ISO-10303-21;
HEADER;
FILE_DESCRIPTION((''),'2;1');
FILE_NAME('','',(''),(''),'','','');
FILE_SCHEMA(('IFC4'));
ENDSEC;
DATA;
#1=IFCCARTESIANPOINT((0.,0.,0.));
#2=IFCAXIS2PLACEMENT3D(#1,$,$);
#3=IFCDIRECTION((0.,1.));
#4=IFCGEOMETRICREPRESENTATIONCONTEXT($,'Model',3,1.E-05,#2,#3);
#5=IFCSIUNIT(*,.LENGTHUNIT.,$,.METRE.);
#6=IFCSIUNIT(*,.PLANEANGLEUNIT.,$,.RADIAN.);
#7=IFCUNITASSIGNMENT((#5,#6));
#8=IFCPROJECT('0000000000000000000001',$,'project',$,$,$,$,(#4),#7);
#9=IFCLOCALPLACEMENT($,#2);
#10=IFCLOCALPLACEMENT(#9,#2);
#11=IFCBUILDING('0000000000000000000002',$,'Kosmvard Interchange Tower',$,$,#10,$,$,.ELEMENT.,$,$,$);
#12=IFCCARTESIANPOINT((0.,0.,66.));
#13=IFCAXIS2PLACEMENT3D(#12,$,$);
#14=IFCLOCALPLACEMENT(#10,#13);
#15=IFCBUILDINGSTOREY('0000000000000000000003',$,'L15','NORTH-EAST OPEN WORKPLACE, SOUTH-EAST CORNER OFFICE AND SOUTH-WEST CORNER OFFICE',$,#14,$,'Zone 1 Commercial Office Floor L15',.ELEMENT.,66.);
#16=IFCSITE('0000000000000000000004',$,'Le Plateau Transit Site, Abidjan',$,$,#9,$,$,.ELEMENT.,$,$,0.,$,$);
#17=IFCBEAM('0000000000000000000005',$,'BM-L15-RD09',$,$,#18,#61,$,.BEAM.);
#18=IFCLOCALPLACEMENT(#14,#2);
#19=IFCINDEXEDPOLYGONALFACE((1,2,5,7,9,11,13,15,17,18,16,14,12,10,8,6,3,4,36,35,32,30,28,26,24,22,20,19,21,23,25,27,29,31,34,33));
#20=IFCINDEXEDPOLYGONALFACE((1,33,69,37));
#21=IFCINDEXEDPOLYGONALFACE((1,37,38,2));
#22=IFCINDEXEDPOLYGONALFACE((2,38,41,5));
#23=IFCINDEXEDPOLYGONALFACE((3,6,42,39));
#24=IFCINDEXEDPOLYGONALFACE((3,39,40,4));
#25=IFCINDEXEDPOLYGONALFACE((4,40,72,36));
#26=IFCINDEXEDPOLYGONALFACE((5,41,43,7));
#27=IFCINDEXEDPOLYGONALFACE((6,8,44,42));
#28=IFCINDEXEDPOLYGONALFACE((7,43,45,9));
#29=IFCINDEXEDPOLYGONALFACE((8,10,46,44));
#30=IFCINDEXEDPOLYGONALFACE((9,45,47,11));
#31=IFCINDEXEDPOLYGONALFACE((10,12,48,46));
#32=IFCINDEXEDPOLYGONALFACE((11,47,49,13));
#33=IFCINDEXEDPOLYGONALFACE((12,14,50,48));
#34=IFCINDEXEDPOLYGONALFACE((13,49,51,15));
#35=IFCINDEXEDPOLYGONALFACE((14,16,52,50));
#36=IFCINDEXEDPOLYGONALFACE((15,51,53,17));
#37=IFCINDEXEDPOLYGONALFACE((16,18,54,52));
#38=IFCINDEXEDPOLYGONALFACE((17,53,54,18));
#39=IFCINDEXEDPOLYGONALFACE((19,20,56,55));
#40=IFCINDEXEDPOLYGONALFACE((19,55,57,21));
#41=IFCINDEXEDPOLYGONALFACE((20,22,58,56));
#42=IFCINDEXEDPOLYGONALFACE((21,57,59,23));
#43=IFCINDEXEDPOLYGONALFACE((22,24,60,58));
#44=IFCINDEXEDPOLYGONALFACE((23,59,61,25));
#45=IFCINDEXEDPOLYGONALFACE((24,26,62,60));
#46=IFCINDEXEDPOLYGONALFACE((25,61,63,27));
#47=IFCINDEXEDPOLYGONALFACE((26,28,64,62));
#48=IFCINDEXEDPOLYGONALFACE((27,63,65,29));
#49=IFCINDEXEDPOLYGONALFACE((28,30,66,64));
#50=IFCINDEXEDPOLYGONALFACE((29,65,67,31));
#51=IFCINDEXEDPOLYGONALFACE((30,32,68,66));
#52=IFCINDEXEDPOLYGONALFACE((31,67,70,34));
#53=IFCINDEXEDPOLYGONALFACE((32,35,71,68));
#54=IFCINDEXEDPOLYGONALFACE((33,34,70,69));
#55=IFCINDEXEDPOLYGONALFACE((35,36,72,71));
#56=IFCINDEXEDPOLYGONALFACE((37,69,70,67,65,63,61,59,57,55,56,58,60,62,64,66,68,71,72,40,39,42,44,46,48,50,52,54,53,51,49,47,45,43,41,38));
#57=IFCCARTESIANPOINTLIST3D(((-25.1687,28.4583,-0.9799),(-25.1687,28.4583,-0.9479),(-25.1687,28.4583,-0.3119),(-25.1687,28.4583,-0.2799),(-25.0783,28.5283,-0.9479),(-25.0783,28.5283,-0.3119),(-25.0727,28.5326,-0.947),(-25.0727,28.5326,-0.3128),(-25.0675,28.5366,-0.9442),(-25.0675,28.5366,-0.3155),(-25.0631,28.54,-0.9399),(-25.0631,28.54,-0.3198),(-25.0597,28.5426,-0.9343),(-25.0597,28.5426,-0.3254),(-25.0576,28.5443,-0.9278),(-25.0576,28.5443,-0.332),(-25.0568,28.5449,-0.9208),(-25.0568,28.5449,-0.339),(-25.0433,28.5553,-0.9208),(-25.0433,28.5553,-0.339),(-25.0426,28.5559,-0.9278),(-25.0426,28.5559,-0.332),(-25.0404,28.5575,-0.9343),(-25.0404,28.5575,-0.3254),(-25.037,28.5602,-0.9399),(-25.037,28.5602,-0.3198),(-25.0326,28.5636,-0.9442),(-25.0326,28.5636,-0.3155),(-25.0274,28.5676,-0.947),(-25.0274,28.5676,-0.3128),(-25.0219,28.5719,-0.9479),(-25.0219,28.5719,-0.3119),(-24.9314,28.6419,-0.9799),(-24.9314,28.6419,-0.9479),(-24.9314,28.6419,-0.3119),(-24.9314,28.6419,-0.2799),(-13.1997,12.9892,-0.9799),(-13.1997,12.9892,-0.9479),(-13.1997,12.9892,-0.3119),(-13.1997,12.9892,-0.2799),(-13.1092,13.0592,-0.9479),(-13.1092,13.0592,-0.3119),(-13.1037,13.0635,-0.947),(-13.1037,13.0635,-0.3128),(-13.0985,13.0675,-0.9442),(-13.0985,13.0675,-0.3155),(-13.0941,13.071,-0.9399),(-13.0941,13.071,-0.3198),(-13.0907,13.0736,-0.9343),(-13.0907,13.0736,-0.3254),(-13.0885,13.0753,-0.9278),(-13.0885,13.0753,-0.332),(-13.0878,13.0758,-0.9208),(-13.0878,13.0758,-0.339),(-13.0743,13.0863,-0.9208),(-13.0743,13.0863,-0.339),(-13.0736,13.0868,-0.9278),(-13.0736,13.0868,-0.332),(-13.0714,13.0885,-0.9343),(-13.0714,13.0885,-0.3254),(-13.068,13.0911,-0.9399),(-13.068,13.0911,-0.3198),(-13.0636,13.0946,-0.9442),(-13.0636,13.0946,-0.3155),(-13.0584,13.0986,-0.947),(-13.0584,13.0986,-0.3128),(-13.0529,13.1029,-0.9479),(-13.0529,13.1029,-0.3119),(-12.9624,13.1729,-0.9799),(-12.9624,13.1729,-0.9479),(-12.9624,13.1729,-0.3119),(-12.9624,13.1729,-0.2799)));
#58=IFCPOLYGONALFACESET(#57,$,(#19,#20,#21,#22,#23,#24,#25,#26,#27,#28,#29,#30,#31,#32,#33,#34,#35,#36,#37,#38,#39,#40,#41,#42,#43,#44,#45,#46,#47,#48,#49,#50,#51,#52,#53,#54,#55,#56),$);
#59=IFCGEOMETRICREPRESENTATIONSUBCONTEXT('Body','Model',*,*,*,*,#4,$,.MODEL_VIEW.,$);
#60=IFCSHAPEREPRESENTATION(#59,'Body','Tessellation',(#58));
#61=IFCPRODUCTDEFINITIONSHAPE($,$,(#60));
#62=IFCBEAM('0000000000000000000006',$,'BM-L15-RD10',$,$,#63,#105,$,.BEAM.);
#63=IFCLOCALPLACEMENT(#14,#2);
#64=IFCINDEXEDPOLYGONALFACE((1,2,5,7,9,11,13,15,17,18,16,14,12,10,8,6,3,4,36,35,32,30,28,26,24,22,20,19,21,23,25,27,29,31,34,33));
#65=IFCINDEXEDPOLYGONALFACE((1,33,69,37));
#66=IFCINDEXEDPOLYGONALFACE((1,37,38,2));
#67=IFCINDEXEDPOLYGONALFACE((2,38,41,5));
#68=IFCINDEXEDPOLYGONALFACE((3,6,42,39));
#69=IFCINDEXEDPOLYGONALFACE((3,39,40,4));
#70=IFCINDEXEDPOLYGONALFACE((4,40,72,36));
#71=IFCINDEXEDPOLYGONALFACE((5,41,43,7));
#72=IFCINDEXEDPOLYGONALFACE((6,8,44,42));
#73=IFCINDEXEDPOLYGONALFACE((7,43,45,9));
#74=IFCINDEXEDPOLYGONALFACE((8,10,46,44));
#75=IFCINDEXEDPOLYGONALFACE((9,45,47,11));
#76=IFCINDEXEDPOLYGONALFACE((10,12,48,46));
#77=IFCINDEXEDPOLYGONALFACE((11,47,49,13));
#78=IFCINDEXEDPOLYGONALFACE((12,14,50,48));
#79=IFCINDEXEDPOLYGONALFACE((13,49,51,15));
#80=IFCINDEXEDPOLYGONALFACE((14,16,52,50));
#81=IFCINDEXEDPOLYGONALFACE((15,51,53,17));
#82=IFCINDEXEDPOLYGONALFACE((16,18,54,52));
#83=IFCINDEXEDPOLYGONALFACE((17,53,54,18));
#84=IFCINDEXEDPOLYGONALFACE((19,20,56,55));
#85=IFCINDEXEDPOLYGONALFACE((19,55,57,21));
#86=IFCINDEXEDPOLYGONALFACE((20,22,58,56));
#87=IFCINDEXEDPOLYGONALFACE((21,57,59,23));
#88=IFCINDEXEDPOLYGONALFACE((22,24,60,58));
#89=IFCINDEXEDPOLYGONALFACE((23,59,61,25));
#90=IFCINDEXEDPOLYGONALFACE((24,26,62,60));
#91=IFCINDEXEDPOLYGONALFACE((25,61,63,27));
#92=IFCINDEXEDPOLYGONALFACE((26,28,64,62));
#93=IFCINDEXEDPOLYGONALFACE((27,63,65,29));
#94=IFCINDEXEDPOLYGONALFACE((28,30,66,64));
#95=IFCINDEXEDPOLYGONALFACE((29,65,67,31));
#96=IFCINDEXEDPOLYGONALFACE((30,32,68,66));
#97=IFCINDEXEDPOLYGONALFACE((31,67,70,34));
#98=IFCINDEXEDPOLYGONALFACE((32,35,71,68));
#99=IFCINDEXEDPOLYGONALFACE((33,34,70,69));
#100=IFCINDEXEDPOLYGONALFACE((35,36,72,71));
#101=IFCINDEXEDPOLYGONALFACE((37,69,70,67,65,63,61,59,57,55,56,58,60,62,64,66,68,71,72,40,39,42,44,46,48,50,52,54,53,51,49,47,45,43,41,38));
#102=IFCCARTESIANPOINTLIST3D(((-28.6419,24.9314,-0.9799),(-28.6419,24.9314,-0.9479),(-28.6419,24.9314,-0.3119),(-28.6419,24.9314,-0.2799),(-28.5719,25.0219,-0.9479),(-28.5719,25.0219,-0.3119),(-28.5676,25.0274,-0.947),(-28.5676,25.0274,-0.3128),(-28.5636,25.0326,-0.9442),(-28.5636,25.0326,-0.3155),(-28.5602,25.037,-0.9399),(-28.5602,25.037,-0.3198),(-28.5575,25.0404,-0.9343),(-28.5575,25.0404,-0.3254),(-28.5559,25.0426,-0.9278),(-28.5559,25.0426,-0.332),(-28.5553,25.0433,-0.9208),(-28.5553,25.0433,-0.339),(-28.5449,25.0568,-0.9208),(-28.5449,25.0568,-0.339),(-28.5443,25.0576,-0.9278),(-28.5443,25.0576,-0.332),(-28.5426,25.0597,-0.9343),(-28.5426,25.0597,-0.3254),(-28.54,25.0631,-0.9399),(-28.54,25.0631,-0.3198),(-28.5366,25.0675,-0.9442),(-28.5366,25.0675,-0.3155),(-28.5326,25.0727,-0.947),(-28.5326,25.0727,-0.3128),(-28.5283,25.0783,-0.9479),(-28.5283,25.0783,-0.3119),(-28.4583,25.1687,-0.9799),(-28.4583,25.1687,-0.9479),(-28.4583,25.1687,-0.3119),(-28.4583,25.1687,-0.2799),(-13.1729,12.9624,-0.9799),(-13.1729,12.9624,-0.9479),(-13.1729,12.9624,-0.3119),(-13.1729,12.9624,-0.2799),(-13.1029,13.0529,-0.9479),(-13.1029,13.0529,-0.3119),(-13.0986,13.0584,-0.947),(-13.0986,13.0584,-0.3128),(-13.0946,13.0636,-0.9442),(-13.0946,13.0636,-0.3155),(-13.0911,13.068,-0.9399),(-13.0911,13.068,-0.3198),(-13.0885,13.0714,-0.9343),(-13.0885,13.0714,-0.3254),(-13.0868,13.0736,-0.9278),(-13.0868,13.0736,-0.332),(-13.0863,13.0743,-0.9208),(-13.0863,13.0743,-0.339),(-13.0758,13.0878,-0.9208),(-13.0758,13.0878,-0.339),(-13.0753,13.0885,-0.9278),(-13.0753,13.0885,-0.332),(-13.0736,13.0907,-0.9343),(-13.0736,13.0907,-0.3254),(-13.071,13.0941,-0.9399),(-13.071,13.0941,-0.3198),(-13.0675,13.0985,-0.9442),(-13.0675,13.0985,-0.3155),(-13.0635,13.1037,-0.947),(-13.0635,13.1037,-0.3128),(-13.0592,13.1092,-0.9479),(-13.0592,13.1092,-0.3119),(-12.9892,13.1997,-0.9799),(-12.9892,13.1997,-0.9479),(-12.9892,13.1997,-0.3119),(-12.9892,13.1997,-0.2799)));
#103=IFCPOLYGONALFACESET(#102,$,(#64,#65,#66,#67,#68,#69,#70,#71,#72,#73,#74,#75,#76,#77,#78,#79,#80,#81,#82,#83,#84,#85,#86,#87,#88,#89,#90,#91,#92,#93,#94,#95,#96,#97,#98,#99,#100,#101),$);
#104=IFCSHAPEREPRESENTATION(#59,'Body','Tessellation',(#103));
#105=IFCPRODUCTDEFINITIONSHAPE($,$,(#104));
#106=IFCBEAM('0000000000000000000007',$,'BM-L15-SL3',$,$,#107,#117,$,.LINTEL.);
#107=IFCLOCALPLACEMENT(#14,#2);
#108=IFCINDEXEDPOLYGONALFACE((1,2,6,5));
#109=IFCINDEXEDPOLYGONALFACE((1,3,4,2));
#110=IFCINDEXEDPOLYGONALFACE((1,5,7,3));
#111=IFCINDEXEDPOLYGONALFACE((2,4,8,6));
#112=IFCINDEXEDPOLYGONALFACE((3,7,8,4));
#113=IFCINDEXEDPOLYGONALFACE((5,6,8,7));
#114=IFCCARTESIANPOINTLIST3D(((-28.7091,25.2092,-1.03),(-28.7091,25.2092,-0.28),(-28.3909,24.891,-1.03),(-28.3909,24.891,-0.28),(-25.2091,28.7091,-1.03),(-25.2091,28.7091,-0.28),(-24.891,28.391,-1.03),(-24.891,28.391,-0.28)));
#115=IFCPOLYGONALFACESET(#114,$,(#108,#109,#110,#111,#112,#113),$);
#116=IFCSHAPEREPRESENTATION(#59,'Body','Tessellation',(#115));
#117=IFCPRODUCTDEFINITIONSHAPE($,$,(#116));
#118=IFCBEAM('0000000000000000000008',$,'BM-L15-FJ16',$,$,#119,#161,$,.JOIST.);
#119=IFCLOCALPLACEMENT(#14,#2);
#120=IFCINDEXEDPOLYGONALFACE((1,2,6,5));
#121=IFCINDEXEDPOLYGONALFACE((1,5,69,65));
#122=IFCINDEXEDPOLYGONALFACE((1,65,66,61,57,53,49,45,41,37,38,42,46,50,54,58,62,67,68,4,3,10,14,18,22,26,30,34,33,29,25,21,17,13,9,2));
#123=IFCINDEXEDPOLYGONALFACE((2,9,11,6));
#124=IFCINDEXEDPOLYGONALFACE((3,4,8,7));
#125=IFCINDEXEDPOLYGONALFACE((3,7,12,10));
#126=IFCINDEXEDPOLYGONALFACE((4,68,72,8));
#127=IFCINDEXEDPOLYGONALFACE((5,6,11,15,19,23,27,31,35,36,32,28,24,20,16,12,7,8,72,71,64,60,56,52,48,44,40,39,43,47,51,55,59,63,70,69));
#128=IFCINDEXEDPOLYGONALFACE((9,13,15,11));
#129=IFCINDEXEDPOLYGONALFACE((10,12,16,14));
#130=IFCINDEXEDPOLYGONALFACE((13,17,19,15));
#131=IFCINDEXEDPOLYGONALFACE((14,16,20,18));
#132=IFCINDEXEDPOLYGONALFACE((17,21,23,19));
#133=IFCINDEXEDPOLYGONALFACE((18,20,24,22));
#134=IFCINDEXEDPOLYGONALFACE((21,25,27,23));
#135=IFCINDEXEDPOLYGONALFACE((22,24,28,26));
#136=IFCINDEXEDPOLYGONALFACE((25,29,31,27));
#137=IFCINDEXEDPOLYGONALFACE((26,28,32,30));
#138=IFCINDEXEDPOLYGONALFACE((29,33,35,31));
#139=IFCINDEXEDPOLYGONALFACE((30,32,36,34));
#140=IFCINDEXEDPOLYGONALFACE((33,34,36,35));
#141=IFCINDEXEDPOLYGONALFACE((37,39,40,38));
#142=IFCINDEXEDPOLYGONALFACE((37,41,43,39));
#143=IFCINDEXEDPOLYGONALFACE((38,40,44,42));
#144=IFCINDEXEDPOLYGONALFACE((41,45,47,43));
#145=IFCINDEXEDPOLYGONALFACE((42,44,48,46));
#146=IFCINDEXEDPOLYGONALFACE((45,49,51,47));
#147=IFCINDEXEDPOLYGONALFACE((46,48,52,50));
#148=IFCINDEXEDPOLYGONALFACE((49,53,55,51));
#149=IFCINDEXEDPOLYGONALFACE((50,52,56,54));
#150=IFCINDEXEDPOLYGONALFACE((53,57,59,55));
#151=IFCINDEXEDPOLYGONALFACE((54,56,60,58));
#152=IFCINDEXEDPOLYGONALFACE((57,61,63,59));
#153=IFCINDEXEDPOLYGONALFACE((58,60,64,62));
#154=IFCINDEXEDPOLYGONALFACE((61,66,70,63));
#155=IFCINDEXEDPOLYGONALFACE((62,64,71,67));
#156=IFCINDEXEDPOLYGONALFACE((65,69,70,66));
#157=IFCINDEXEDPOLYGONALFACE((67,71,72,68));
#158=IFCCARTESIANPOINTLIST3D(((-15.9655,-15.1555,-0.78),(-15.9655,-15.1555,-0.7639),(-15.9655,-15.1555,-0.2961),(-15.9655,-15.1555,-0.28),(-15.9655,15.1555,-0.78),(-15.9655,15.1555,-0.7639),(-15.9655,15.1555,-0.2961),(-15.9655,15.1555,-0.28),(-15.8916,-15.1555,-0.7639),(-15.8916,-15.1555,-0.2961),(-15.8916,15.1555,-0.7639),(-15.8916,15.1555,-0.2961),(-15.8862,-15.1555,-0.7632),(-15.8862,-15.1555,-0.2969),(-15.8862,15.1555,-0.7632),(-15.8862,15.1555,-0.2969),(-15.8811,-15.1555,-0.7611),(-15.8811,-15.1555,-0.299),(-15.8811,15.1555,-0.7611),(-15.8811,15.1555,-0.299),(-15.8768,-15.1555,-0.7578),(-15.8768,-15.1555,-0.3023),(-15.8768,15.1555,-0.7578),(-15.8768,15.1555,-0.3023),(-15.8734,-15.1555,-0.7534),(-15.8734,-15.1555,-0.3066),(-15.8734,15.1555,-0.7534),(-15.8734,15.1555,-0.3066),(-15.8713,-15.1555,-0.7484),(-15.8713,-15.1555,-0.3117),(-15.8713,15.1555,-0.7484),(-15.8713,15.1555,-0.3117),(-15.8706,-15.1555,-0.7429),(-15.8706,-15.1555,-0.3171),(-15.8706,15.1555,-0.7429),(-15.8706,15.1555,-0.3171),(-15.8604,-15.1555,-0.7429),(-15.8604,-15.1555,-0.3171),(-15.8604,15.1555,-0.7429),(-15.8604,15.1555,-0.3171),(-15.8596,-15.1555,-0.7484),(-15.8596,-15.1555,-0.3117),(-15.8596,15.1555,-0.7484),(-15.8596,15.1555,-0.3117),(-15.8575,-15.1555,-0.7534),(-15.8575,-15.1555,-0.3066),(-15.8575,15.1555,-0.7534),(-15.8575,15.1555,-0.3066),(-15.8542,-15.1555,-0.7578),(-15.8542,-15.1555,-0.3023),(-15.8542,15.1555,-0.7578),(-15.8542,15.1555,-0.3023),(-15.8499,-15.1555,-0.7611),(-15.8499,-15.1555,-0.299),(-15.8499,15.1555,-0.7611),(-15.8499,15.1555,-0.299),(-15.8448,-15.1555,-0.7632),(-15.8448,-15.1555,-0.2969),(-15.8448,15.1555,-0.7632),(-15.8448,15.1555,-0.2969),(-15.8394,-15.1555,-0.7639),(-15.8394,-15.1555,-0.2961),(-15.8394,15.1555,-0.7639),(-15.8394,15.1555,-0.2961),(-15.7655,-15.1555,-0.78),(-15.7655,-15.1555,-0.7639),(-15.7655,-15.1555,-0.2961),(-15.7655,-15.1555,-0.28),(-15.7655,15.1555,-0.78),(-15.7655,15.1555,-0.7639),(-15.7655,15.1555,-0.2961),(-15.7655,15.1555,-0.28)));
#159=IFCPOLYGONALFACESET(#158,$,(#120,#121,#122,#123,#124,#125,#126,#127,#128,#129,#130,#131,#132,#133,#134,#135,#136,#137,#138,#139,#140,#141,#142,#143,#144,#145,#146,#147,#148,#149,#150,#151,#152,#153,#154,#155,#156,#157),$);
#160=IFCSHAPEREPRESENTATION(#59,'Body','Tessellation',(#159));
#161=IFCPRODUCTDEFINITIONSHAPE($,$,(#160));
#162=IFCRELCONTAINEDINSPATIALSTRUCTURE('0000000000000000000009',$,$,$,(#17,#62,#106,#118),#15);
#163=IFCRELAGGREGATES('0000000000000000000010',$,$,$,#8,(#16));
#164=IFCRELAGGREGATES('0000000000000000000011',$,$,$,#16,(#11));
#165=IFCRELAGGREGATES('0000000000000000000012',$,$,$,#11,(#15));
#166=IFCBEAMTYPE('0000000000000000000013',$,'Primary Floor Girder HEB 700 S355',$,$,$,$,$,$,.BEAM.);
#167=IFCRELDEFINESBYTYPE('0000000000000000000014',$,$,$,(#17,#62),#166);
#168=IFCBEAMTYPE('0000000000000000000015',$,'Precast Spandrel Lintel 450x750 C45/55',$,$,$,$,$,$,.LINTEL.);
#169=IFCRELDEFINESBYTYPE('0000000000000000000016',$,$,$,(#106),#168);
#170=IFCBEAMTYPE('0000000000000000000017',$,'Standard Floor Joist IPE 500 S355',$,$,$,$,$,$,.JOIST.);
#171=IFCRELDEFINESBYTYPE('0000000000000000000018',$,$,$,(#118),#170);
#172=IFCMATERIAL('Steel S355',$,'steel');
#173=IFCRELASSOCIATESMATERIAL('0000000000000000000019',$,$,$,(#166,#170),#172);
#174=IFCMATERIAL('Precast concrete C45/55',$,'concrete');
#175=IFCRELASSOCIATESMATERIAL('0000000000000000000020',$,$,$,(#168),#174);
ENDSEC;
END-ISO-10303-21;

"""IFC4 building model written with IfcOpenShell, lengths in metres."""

from ifc_helpers import new_model, si_unit, direction, frame, origin, origin_2d, place, context, subcontext, project, spatial, rectangle, i_section, extrude, source, transform, mapped, material, material_profile, profile_set, type_object, element, save


model = new_model("IFC4")

# Units and contexts
model_context = context("Model", 3, precision=1e-05, world=origin(), true_north=direction((0.0, 1.0)))
body_context = subcontext(model_context, "Body", "Model", "MODEL_VIEW")
ifc_project = project(units=[si_unit("LENGTHUNIT", "METRE"), si_unit("PLANEANGLEUNIT", "RADIAN")], contexts=[model_context])

# Site, building, storey
site_placement = place(None, origin())
site = spatial("IfcSite", under=ifc_project, at=site_placement, Name="Le Plateau Transit Site, Abidjan", CompositionType="ELEMENT", RefElevation=0.0)
building_placement = place(site_placement, origin())
building = spatial("IfcBuilding", under=site, at=building_placement, Name="Kosmvard Interchange Tower", CompositionType="ELEMENT")
storey_placement = place(building_placement, frame((0.0, 0.0, 66.0)))
storey = spatial("IfcBuildingStorey", under=building, at=storey_placement, Name="L15", Description="NORTH-EAST OPEN WORKPLACE, SOUTH-EAST CORNER OFFICE AND SOUTH-WEST CORNER OFFICE", LongName="Zone 1 Commercial Office Floor L15", CompositionType="ELEMENT", Elevation=66.0)

# Beams
ifc_material_1 = material(Name="Steel S355", Category="steel")
ifc_material_profile_1 = material_profile(ifc_material_1, i_section(OverallWidth=0.3, OverallDepth=0.7, WebThickness=0.0171, FlangeThickness=0.032, FilletRadius=0.0271, at=origin_2d()), Name="HEB 700")
ifc_profile_set_1 = profile_set([ifc_material_profile_1], Name="Steel S355")
beam_type_1 = type_object("IfcBeamType", Name="Primary Floor Girder HEB 700 S355", PredefinedType="BEAM", material=ifc_profile_set_1)
shared_shape_1 = source(origin(), body_context, "Body", "SweptSolid", [
    extrude(i_section(OverallWidth=0.3, OverallDepth=0.7, WebThickness=0.0171, FlangeThickness=0.032, FilletRadius=0.0271, at=origin_2d()), origin(), (0.0, 0.0, 1.0), 19.5588),
])
for number, where, z_axis, x_axis, name in (
    (1, (-13.0811, 13.0811, -0.6299), (-0.611949, 0.790897, 0.0), (-0.790897, -0.611949, 0.0), "BM-L15-RD09"),
    (2, (-13.0811, 13.0811, -0.6299), (-0.790897, 0.611949, 0.0), (-0.611949, -0.790897, 0.0), "BM-L15-RD10"),
):
    element("IfcBeam", number, at=place(storey_placement, frame(where, z_axis=z_axis, x_axis=x_axis)), inside=storey, type_object=beam_type_1, Name=name, PredefinedType="BEAM", context=body_context, shape_type="MappedRepresentation", body=[
        mapped(shared_shape_1, transform((0.0, 0.0, 0.0), scale=1.0)),
    ])
ifc_material_2 = material(Name="Precast concrete C45/55", Category="concrete")
ifc_material_profile_2 = material_profile(ifc_material_2, rectangle(XDim=0.45, YDim=0.75, at=origin_2d()), Name="SL 450x750")
ifc_profile_set_2 = profile_set([ifc_material_profile_2], Name="Precast concrete C45/55")
beam_type_2 = type_object("IfcBeamType", Name="Precast Spandrel Lintel 450x750 C45/55", PredefinedType="LINTEL", material=ifc_profile_set_2)
shared_shape_2 = source(origin(), body_context, "Body", "SweptSolid", [
    extrude(rectangle(XDim=0.45, YDim=0.75, at=origin_2d()), origin(), (0.0, 0.0, 1.0), 4.9497),
])
beam_1_placement = place(storey_placement, frame((-25.05, 28.55, -0.655), z_axis=(-0.707107, -0.707107, 0.0), x_axis=(0.707107, -0.707107, 0.0)))
element("IfcBeam", 3, at=beam_1_placement, inside=storey, type_object=beam_type_2, Name="BM-L15-SL3", PredefinedType="LINTEL", context=body_context, shape_type="MappedRepresentation", body=[
    mapped(shared_shape_2, transform((0.0, 0.0, 0.0), scale=1.0)),
])
ifc_material_profile_3 = material_profile(ifc_material_1, i_section(OverallWidth=0.2, OverallDepth=0.5, WebThickness=0.0103, FlangeThickness=0.0161, FilletRadius=0.021, at=origin_2d()), Name="IPE 500")
ifc_profile_set_3 = profile_set([ifc_material_profile_3], Name="Steel S355")
beam_type_3 = type_object("IfcBeamType", Name="Standard Floor Joist IPE 500 S355", PredefinedType="JOIST", material=ifc_profile_set_3)
shared_shape_3 = source(origin(), body_context, "Body", "SweptSolid", [
    extrude(i_section(OverallWidth=0.2, OverallDepth=0.5, WebThickness=0.0103, FlangeThickness=0.0161, FilletRadius=0.021, at=origin_2d()), origin(), (0.0, 0.0, 1.0), 30.311),
])
beam_2_placement = place(storey_placement, frame((-15.8655, 15.1555, -0.53), z_axis=(0.0, -1.0, 0.0), x_axis=(1.0, 0.0, 0.0)))
element("IfcBeam", 4, at=beam_2_placement, inside=storey, type_object=beam_type_3, Name="BM-L15-FJ16", PredefinedType="JOIST", context=body_context, shape_type="MappedRepresentation", body=[
    mapped(shared_shape_3, transform((0.0, 0.0, 0.0), scale=1.0)),
])

save(model, "model.ifc")
